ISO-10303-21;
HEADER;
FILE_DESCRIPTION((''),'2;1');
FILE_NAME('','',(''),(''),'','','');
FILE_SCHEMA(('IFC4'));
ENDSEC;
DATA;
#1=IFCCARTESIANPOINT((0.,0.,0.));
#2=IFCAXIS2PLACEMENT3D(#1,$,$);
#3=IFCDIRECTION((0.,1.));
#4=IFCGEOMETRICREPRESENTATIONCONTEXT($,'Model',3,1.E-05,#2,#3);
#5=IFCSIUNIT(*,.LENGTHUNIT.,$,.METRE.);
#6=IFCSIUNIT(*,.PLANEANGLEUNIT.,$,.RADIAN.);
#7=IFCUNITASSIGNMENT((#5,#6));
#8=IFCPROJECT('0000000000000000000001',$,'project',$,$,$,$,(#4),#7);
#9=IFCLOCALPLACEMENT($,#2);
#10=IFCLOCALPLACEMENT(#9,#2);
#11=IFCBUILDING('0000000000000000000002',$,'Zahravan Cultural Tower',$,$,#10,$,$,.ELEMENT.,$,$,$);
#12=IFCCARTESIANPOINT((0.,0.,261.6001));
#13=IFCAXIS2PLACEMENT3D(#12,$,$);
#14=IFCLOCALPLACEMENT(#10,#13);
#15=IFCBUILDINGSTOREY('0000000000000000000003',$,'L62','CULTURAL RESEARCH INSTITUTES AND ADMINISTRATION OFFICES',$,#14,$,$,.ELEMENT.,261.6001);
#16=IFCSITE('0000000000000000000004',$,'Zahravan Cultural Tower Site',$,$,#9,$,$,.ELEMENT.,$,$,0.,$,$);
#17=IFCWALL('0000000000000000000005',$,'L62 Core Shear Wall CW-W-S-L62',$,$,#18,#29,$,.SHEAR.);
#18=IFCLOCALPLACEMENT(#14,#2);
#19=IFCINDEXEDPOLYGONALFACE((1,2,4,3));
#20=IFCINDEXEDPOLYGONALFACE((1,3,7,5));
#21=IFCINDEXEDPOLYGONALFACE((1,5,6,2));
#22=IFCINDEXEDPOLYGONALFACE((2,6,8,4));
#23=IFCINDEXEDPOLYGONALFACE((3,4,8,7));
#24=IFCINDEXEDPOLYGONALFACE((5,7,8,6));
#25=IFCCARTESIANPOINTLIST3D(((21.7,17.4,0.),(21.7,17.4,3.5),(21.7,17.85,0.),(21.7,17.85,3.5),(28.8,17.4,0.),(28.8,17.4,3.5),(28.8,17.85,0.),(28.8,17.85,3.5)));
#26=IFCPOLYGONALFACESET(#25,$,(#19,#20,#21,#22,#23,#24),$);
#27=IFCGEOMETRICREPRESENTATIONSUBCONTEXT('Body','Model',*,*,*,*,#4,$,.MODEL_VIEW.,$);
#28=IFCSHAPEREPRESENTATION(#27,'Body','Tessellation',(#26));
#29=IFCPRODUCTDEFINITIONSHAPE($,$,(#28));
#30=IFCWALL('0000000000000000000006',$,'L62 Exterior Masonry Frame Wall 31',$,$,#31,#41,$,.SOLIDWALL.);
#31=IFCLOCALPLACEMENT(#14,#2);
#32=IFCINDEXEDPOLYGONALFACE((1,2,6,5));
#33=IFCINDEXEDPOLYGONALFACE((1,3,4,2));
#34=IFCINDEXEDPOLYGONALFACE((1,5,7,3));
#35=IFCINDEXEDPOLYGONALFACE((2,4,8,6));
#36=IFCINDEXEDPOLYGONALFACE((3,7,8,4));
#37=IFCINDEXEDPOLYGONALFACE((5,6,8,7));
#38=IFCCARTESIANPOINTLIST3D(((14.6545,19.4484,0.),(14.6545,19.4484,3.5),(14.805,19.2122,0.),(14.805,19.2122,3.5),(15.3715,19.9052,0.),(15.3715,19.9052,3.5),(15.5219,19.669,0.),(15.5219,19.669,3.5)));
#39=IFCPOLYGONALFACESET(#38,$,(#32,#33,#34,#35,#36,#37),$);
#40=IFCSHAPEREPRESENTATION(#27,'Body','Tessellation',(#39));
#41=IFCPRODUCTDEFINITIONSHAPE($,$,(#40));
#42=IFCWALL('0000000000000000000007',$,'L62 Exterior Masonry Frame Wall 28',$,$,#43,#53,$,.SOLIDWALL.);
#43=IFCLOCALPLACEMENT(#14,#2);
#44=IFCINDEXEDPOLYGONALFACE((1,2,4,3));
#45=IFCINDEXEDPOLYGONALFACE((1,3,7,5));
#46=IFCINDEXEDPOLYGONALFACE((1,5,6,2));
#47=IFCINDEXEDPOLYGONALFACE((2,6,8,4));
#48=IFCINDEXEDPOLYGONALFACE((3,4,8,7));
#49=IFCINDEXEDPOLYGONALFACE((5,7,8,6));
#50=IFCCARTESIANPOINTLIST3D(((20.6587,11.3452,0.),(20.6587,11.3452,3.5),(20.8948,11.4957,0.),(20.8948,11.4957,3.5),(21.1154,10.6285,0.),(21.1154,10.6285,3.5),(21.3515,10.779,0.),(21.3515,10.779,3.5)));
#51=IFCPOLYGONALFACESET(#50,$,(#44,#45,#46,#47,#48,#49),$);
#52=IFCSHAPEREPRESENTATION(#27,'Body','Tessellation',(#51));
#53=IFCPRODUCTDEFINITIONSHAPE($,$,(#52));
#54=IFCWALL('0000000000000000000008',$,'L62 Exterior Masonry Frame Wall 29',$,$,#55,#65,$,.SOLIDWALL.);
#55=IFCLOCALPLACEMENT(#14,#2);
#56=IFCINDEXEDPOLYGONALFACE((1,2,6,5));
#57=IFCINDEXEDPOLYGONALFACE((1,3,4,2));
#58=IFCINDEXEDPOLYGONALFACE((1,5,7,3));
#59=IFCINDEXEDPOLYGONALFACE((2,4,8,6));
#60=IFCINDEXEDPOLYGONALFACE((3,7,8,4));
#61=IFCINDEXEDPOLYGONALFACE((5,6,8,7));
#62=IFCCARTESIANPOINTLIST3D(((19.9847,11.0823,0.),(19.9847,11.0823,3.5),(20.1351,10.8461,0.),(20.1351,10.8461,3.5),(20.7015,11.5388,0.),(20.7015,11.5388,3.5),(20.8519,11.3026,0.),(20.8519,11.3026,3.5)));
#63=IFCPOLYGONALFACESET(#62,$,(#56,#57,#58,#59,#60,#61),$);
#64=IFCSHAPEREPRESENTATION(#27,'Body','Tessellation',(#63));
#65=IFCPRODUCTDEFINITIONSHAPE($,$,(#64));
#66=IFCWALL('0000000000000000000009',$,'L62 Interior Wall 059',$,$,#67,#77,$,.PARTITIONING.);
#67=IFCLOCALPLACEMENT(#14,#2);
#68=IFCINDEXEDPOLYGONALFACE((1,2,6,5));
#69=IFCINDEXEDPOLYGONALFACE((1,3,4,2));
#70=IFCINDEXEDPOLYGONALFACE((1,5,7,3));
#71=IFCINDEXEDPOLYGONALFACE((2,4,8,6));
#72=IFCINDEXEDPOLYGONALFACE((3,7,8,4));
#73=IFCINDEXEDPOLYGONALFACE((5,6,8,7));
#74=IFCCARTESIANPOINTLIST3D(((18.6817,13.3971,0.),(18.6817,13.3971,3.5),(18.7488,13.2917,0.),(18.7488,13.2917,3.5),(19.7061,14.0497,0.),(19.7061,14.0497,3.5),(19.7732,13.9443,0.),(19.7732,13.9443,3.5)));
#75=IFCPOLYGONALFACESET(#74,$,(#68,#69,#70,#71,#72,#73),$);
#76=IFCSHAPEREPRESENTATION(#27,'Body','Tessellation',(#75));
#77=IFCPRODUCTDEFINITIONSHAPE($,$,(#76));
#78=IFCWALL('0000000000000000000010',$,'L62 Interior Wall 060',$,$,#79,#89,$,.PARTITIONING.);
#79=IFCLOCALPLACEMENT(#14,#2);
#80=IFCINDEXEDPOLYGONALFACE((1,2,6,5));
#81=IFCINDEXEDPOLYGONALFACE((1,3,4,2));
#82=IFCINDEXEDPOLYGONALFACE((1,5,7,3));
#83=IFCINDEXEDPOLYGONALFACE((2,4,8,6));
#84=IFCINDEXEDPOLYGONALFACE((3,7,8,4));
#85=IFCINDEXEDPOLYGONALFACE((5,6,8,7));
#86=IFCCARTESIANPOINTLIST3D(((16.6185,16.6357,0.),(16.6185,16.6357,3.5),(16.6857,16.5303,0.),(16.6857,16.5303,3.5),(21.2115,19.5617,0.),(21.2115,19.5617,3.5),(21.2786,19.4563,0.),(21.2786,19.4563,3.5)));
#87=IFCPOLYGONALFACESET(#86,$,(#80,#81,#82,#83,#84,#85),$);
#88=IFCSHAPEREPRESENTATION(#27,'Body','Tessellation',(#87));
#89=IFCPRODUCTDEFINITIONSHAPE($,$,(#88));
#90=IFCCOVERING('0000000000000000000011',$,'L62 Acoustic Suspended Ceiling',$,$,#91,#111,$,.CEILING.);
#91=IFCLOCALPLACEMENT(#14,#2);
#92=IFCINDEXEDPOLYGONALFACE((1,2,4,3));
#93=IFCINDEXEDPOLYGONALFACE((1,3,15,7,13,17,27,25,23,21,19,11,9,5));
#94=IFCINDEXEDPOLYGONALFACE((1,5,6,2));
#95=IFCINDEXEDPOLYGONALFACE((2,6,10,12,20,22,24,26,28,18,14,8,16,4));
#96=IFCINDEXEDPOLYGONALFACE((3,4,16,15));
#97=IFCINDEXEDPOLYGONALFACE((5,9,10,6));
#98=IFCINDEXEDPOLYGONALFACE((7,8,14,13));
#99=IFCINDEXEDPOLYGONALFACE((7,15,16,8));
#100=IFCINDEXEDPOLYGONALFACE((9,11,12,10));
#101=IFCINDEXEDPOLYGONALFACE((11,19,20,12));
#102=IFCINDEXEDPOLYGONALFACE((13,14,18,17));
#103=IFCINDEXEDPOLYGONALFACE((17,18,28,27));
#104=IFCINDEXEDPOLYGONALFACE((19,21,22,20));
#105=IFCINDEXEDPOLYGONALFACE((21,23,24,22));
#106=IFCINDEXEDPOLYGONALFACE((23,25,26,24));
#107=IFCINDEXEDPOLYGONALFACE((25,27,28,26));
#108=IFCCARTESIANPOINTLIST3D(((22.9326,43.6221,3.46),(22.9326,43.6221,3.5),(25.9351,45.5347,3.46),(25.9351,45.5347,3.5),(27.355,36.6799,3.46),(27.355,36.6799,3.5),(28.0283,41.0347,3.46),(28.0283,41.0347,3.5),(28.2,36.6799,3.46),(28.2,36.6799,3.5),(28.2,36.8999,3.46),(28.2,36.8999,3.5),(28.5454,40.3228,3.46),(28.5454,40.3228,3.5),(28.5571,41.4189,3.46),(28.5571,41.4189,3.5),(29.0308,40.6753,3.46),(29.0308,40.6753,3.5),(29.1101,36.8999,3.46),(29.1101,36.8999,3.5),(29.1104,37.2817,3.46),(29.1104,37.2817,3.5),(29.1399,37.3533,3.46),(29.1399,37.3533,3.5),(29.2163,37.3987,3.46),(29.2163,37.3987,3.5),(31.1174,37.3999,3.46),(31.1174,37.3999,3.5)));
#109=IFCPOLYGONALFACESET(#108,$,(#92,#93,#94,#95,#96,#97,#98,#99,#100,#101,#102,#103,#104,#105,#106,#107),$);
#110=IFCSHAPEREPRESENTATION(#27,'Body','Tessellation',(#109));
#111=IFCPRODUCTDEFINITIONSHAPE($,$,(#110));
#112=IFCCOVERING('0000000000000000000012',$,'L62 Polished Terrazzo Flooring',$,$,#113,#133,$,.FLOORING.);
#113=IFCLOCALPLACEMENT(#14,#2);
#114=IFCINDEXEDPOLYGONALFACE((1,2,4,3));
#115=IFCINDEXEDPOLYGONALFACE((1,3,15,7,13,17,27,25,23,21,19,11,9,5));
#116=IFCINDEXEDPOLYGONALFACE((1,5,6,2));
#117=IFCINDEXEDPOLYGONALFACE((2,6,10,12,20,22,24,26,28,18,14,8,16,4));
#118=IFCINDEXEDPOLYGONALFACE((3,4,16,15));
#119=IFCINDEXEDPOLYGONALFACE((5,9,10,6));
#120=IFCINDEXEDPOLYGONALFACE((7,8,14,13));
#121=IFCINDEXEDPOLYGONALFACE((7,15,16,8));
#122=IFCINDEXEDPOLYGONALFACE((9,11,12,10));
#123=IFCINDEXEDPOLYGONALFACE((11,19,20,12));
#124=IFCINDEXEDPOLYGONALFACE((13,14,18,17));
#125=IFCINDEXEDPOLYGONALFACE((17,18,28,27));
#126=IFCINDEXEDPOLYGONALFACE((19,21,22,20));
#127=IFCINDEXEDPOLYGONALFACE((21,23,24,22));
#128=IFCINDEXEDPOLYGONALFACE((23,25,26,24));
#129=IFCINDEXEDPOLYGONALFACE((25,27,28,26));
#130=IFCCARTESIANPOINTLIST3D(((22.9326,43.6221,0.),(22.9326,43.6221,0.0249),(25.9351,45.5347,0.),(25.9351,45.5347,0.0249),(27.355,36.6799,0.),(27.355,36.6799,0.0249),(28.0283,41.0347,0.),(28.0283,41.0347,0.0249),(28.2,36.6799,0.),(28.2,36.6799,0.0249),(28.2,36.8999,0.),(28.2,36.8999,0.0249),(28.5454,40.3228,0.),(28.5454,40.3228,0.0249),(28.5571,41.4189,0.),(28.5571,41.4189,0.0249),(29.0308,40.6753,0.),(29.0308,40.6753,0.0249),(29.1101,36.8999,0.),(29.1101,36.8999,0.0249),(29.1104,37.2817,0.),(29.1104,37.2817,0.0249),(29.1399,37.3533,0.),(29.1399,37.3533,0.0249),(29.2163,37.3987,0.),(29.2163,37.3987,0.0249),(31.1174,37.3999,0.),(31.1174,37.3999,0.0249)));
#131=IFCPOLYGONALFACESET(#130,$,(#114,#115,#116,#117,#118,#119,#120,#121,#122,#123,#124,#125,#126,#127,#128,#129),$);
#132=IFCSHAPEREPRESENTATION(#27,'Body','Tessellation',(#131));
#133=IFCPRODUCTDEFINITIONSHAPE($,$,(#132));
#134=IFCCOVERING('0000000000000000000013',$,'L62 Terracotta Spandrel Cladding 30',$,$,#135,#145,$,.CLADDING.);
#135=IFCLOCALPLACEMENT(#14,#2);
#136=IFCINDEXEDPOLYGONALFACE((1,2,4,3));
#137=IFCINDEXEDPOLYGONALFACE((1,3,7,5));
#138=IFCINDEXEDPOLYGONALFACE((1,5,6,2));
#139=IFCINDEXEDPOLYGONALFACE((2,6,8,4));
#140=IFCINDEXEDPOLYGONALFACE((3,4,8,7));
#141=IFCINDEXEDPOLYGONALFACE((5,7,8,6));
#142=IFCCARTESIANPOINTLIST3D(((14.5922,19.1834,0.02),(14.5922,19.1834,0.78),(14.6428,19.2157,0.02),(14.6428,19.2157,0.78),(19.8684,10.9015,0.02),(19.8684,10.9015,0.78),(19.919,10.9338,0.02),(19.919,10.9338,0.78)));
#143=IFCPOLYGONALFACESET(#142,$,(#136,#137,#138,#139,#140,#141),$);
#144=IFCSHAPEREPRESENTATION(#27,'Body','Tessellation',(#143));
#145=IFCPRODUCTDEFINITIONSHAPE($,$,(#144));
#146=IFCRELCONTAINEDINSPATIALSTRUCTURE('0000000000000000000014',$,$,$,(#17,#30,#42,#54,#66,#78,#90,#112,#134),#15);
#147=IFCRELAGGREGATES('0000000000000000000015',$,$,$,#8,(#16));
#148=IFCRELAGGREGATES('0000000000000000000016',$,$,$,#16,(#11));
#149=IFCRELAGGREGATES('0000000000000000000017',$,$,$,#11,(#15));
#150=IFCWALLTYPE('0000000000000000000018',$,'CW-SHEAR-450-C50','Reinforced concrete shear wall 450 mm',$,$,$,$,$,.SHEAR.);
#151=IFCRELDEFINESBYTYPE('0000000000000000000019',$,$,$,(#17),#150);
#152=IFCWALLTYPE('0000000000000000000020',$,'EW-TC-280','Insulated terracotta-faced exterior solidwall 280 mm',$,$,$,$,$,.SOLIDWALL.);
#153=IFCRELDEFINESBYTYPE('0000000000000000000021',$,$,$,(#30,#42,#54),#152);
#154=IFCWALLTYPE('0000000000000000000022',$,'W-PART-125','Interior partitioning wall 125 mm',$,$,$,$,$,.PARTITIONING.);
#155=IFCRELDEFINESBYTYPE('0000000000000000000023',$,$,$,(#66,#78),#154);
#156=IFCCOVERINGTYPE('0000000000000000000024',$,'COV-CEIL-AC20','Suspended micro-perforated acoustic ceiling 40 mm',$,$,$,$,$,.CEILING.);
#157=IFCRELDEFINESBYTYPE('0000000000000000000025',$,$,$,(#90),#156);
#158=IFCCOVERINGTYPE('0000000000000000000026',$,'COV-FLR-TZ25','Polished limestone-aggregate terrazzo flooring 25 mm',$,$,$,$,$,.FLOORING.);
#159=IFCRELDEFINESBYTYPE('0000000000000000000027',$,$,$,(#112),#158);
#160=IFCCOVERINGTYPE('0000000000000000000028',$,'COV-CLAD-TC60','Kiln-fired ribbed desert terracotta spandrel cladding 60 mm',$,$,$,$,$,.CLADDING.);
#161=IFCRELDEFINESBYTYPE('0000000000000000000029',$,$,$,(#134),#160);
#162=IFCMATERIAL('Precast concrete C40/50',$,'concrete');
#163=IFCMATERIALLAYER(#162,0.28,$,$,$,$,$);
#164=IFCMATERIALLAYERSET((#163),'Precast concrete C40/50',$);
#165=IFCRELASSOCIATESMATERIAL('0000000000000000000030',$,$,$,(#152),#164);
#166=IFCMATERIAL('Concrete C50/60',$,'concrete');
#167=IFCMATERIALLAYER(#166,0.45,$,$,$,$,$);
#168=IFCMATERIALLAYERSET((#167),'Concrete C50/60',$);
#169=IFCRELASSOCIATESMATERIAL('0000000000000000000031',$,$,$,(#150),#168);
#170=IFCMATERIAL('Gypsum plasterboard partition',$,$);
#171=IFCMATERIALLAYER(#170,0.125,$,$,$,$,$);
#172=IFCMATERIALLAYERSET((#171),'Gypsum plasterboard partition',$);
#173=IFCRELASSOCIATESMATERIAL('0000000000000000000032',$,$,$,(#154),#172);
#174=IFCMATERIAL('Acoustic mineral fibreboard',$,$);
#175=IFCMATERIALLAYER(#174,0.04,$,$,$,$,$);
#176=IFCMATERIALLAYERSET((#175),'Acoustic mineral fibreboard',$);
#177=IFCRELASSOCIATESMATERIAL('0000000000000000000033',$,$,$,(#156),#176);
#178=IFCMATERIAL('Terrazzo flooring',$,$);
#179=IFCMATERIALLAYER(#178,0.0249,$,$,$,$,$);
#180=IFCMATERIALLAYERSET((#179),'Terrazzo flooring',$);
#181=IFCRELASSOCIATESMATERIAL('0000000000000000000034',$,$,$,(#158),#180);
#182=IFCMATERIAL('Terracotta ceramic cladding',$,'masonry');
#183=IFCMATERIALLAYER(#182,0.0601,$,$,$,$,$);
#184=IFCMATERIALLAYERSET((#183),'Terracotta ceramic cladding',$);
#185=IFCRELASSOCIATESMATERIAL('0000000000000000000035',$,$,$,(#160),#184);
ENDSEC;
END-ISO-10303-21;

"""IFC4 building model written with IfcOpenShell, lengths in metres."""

from ifc_helpers import new_model, si_unit, direction, frame, frame_2d, origin, origin_2d, place, context, subcontext, project, spatial, polyline, rectangle, outline, extrude, source, transform, mapped, material, layer, layer_set, type_object, element, save


model = new_model("IFC4")

# Units and contexts
model_context = context("Model", 3, precision=1e-05, world=origin(), true_north=direction((0.0, 1.0)))
body_context = subcontext(model_context, "Body", "Model", "MODEL_VIEW")
ifc_project = project(units=[si_unit("LENGTHUNIT", "METRE"), si_unit("PLANEANGLEUNIT", "RADIAN")], contexts=[model_context])

# Site, building, storey
site_placement = place(None, origin())
site = spatial("IfcSite", under=ifc_project, at=site_placement, Name="Zahravan Cultural Tower Site", CompositionType="ELEMENT", RefElevation=0.0)
building_placement = place(site_placement, origin())
building = spatial("IfcBuilding", under=site, at=building_placement, Name="Zahravan Cultural Tower", CompositionType="ELEMENT")
storey_placement = place(building_placement, frame((0.0, 0.0, 261.6001)))
storey = spatial("IfcBuildingStorey", under=building, at=storey_placement, Name="L62", Description="CULTURAL RESEARCH INSTITUTES AND ADMINISTRATION OFFICES", CompositionType="ELEMENT", Elevation=261.6001)

# Shared definitions
ifc_material_1 = material(Name="Concrete C50/60", Category="concrete")

# Shared definitions
ifc_material_2 = material(Name="Precast concrete C40/50", Category="concrete")
ifc_layer_1 = layer(ifc_material_2, 0.28)
ifc_layer_set_1 = layer_set([ifc_layer_1], Name="Precast concrete C40/50")
wall_type_1 = type_object("IfcWallType", Name="EW-TC-280", Description="Insulated terracotta-faced exterior solidwall 280 mm", PredefinedType="SOLIDWALL", material=ifc_layer_set_1)

# Walls
ifc_layer_2 = layer(ifc_material_1, 0.45)
ifc_layer_set_2 = layer_set([ifc_layer_2], Name="Concrete C50/60")
wall_type_2 = type_object("IfcWallType", Name="CW-SHEAR-450-C50", Description="Reinforced concrete shear wall 450 mm", PredefinedType="SHEAR", material=ifc_layer_set_2)
shared_shape_1 = source(origin(), body_context, "Body", "SweptSolid", [
    extrude(rectangle(XDim=7.1001, YDim=0.45, at=frame_2d((3.55, 0.0))), origin(), (0.0, 0.0, 1.0), 3.5),
])
wall_1_placement = place(storey_placement, frame((21.7, 17.625, 0.0), z_axis=(0.0, 0.0, 1.0), x_axis=(1.0, 0.0, 0.0)))
element("IfcWall", 1, at=wall_1_placement, inside=storey, type_object=wall_type_2, Name="L62 Core Shear Wall CW-W-S-L62", PredefinedType="SHEAR", context=body_context, shape_type="MappedRepresentation", body=[
    mapped(shared_shape_1, transform((0.0, 0.0, 0.0), x_axis=(1.0, 0.0, 0.0), y_axis=(0.0, 1.0, 0.0), z_axis=(0.0, 0.0, 1.0), scale=1.0)),
])
shared_shape_2 = source(origin(), body_context, "Body", "SweptSolid", [
    extrude(rectangle(XDim=0.8501, YDim=0.28, at=frame_2d((0.425, 0.0))), origin(), (0.0, 0.0, 1.0), 3.5),
])
wall_2_placement = place(storey_placement, frame((14.7297, 19.3303, 0.0), z_axis=(0.0, 0.0, 1.0), x_axis=(0.843401, 0.537284, 0.0)))
element("IfcWall", 2, at=wall_2_placement, inside=storey, type_object=wall_type_1, Name="L62 Exterior Masonry Frame Wall 31", PredefinedType="SOLIDWALL", context=body_context, shape_type="MappedRepresentation", body=[
    mapped(shared_shape_2, transform((0.0, 0.0, 0.0), x_axis=(1.0, 0.0, 0.0), y_axis=(0.0, 1.0, 0.0), z_axis=(0.0, 0.0, 1.0), scale=1.0)),
])
shared_shape_3 = source(origin(), body_context, "Body", "SweptSolid", [
    extrude(rectangle(XDim=0.8499, YDim=0.28, at=frame_2d((0.4248, 0.0))), origin(), (0.0, 0.0, 1.0), 3.5),
])
for number, where, z_axis, x_axis, name in (
    (3, (21.2334, 10.7039, 0.0), (0.0, 0.0, 1.0), (-0.537414, 0.843318, 0.0), "L62 Exterior Masonry Frame Wall 28"),
    (4, (20.7766, 11.4207, 0.0), (0.0, 0.0, 1.0), (-0.843448, -0.53721, 0.0), "L62 Exterior Masonry Frame Wall 29"),
):
    element("IfcWall", number, at=place(storey_placement, frame(where, z_axis=z_axis, x_axis=x_axis)), inside=storey, type_object=wall_type_1, Name=name, PredefinedType="SOLIDWALL", context=body_context, shape_type="MappedRepresentation", body=[
        mapped(shared_shape_3, transform((0.0, 0.0, 0.0), x_axis=(1.0, 0.0, 0.0), y_axis=(0.0, 1.0, 0.0), z_axis=(0.0, 0.0, 1.0), scale=1.0)),
    ])
ifc_material_3 = material(Name="Gypsum plasterboard partition")
ifc_layer_3 = layer(ifc_material_3, 0.125)
ifc_layer_set_3 = layer_set([ifc_layer_3], Name="Gypsum plasterboard partition")
wall_type_3 = type_object("IfcWallType", Name="W-PART-125", Description="Interior partitioning wall 125 mm", PredefinedType="PARTITIONING", material=ifc_layer_set_3)
shared_shape_4 = source(origin(), body_context, "Body", "SweptSolid", [
    extrude(rectangle(XDim=1.2146, YDim=0.125, at=frame_2d((0.6074, 0.0))), origin(), (0.0, 0.0, 1.0), 3.5),
])
wall_3_placement = place(storey_placement, frame((19.7397, 13.9971, 0.0), z_axis=(0.0, 0.0, 1.0), x_axis=(-0.843405, -0.537279, 0.0)))
element("IfcWall", 5, at=wall_3_placement, inside=storey, type_object=wall_type_3, Name="L62 Interior Wall 059", PredefinedType="PARTITIONING", context=body_context, shape_type="MappedRepresentation", body=[
    mapped(shared_shape_4, transform((0.0, 0.0, 0.0), x_axis=(1.0, 0.0, 0.0), y_axis=(0.0, 1.0, 0.0), z_axis=(0.0, 0.0, 1.0), scale=1.0)),
])
shared_shape_5 = source(origin(), body_context, "Body", "SweptSolid", [
    extrude(rectangle(XDim=5.4458, YDim=0.125, at=frame_2d((2.7229, 0.0))), origin(), (0.0, 0.0, 1.0), 3.5),
])
wall_4_placement = place(storey_placement, frame((16.6521, 16.583, 0.0), z_axis=(0.0, 0.0, 1.0), x_axis=(0.843396, 0.537293, 0.0)))
element("IfcWall", 6, at=wall_4_placement, inside=storey, type_object=wall_type_3, Name="L62 Interior Wall 060", PredefinedType="PARTITIONING", context=body_context, shape_type="MappedRepresentation", body=[
    mapped(shared_shape_5, transform((0.0, 0.0, 0.0), x_axis=(1.0, 0.0, 0.0), y_axis=(0.0, 1.0, 0.0), z_axis=(0.0, 0.0, 1.0), scale=1.0)),
])

# Coverings
ifc_material_4 = material(Name="Acoustic mineral fibreboard")
ifc_layer_4 = layer(ifc_material_4, 0.04)
ifc_layer_set_4 = layer_set([ifc_layer_4], Name="Acoustic mineral fibreboard")
covering_type_1 = type_object("IfcCoveringType", Name="COV-CEIL-AC20", Description="Suspended micro-perforated acoustic ceiling 40 mm", PredefinedType="CEILING", material=ifc_layer_set_4)
covering_1_placement = place(storey_placement, frame((0.0, 0.0, 3.46)))
element("IfcCovering", 7, at=covering_1_placement, inside=storey, type_object=covering_type_1, Name="L62 Acoustic Suspended Ceiling", PredefinedType="CEILING", context=body_context, shape_type="SweptSolid", body=[
    extrude(outline(polyline([(28.5454, 40.3228), (28.0283, 41.0347), (28.5571, 41.4189), (25.9351, 45.5347), (22.9326, 43.6221), (27.355, 36.6799), (28.2, 36.6799), (28.2, 36.8999), (29.1101, 36.8999), (29.1104, 37.2817), (29.1399, 37.3533), (29.2163, 37.3987), (31.1174, 37.3999), (29.0308, 40.6753), (28.5454, 40.3228)])), origin(), (0.0, 0.0, 1.0), 0.04),
])
ifc_material_5 = material(Name="Terrazzo flooring")
ifc_layer_5 = layer(ifc_material_5, 0.0249)
ifc_layer_set_5 = layer_set([ifc_layer_5], Name="Terrazzo flooring")
covering_type_2 = type_object("IfcCoveringType", Name="COV-FLR-TZ25", Description="Polished limestone-aggregate terrazzo flooring 25 mm", PredefinedType="FLOORING", material=ifc_layer_set_5)
covering_2_placement = place(storey_placement, origin())
element("IfcCovering", 8, at=covering_2_placement, inside=storey, type_object=covering_type_2, Name="L62 Polished Terrazzo Flooring", PredefinedType="FLOORING", context=body_context, shape_type="SweptSolid", body=[
    extrude(outline(polyline([(28.5454, 40.3228), (28.0283, 41.0347), (28.5571, 41.4189), (25.9351, 45.5347), (22.9326, 43.6221), (27.355, 36.6799), (28.2, 36.6799), (28.2, 36.8999), (29.1101, 36.8999), (29.1104, 37.2817), (29.1399, 37.3533), (29.2163, 37.3987), (31.1174, 37.3999), (29.0308, 40.6753), (28.5454, 40.3228)])), origin(), (0.0, 0.0, 1.0), 0.0249),
])
ifc_material_6 = material(Name="Terracotta ceramic cladding", Category="masonry")
ifc_layer_6 = layer(ifc_material_6, 0.0601)
ifc_layer_set_6 = layer_set([ifc_layer_6], Name="Terracotta ceramic cladding")
covering_type_3 = type_object("IfcCoveringType", Name="COV-CLAD-TC60", Description="Kiln-fired ribbed desert terracotta spandrel cladding 60 mm", PredefinedType="CLADDING", material=ifc_layer_set_6)
shared_shape_6 = source(origin(), body_context, "Body", "SweptSolid", [
    extrude(rectangle(XDim=9.8198, YDim=0.0601, at=origin_2d()), origin(), (0.0, 0.0, 1.0), 0.76),
])
covering_3_placement = place(storey_placement, frame((17.2556, 15.0586, 0.02), z_axis=(0.0, 0.0, 1.0), x_axis=(-0.5373, 0.843391, 0.0)))
element("IfcCovering", 9, at=covering_3_placement, inside=storey, type_object=covering_type_3, Name="L62 Terracotta Spandrel Cladding 30", PredefinedType="CLADDING", context=body_context, shape_type="MappedRepresentation", body=[
    mapped(shared_shape_6, transform((0.0, 0.0, 0.0), x_axis=(1.0, 0.0, 0.0), y_axis=(0.0, 1.0, 0.0), z_axis=(0.0, 0.0, 1.0), scale=1.0)),
])

save(model, "model.ifc")
